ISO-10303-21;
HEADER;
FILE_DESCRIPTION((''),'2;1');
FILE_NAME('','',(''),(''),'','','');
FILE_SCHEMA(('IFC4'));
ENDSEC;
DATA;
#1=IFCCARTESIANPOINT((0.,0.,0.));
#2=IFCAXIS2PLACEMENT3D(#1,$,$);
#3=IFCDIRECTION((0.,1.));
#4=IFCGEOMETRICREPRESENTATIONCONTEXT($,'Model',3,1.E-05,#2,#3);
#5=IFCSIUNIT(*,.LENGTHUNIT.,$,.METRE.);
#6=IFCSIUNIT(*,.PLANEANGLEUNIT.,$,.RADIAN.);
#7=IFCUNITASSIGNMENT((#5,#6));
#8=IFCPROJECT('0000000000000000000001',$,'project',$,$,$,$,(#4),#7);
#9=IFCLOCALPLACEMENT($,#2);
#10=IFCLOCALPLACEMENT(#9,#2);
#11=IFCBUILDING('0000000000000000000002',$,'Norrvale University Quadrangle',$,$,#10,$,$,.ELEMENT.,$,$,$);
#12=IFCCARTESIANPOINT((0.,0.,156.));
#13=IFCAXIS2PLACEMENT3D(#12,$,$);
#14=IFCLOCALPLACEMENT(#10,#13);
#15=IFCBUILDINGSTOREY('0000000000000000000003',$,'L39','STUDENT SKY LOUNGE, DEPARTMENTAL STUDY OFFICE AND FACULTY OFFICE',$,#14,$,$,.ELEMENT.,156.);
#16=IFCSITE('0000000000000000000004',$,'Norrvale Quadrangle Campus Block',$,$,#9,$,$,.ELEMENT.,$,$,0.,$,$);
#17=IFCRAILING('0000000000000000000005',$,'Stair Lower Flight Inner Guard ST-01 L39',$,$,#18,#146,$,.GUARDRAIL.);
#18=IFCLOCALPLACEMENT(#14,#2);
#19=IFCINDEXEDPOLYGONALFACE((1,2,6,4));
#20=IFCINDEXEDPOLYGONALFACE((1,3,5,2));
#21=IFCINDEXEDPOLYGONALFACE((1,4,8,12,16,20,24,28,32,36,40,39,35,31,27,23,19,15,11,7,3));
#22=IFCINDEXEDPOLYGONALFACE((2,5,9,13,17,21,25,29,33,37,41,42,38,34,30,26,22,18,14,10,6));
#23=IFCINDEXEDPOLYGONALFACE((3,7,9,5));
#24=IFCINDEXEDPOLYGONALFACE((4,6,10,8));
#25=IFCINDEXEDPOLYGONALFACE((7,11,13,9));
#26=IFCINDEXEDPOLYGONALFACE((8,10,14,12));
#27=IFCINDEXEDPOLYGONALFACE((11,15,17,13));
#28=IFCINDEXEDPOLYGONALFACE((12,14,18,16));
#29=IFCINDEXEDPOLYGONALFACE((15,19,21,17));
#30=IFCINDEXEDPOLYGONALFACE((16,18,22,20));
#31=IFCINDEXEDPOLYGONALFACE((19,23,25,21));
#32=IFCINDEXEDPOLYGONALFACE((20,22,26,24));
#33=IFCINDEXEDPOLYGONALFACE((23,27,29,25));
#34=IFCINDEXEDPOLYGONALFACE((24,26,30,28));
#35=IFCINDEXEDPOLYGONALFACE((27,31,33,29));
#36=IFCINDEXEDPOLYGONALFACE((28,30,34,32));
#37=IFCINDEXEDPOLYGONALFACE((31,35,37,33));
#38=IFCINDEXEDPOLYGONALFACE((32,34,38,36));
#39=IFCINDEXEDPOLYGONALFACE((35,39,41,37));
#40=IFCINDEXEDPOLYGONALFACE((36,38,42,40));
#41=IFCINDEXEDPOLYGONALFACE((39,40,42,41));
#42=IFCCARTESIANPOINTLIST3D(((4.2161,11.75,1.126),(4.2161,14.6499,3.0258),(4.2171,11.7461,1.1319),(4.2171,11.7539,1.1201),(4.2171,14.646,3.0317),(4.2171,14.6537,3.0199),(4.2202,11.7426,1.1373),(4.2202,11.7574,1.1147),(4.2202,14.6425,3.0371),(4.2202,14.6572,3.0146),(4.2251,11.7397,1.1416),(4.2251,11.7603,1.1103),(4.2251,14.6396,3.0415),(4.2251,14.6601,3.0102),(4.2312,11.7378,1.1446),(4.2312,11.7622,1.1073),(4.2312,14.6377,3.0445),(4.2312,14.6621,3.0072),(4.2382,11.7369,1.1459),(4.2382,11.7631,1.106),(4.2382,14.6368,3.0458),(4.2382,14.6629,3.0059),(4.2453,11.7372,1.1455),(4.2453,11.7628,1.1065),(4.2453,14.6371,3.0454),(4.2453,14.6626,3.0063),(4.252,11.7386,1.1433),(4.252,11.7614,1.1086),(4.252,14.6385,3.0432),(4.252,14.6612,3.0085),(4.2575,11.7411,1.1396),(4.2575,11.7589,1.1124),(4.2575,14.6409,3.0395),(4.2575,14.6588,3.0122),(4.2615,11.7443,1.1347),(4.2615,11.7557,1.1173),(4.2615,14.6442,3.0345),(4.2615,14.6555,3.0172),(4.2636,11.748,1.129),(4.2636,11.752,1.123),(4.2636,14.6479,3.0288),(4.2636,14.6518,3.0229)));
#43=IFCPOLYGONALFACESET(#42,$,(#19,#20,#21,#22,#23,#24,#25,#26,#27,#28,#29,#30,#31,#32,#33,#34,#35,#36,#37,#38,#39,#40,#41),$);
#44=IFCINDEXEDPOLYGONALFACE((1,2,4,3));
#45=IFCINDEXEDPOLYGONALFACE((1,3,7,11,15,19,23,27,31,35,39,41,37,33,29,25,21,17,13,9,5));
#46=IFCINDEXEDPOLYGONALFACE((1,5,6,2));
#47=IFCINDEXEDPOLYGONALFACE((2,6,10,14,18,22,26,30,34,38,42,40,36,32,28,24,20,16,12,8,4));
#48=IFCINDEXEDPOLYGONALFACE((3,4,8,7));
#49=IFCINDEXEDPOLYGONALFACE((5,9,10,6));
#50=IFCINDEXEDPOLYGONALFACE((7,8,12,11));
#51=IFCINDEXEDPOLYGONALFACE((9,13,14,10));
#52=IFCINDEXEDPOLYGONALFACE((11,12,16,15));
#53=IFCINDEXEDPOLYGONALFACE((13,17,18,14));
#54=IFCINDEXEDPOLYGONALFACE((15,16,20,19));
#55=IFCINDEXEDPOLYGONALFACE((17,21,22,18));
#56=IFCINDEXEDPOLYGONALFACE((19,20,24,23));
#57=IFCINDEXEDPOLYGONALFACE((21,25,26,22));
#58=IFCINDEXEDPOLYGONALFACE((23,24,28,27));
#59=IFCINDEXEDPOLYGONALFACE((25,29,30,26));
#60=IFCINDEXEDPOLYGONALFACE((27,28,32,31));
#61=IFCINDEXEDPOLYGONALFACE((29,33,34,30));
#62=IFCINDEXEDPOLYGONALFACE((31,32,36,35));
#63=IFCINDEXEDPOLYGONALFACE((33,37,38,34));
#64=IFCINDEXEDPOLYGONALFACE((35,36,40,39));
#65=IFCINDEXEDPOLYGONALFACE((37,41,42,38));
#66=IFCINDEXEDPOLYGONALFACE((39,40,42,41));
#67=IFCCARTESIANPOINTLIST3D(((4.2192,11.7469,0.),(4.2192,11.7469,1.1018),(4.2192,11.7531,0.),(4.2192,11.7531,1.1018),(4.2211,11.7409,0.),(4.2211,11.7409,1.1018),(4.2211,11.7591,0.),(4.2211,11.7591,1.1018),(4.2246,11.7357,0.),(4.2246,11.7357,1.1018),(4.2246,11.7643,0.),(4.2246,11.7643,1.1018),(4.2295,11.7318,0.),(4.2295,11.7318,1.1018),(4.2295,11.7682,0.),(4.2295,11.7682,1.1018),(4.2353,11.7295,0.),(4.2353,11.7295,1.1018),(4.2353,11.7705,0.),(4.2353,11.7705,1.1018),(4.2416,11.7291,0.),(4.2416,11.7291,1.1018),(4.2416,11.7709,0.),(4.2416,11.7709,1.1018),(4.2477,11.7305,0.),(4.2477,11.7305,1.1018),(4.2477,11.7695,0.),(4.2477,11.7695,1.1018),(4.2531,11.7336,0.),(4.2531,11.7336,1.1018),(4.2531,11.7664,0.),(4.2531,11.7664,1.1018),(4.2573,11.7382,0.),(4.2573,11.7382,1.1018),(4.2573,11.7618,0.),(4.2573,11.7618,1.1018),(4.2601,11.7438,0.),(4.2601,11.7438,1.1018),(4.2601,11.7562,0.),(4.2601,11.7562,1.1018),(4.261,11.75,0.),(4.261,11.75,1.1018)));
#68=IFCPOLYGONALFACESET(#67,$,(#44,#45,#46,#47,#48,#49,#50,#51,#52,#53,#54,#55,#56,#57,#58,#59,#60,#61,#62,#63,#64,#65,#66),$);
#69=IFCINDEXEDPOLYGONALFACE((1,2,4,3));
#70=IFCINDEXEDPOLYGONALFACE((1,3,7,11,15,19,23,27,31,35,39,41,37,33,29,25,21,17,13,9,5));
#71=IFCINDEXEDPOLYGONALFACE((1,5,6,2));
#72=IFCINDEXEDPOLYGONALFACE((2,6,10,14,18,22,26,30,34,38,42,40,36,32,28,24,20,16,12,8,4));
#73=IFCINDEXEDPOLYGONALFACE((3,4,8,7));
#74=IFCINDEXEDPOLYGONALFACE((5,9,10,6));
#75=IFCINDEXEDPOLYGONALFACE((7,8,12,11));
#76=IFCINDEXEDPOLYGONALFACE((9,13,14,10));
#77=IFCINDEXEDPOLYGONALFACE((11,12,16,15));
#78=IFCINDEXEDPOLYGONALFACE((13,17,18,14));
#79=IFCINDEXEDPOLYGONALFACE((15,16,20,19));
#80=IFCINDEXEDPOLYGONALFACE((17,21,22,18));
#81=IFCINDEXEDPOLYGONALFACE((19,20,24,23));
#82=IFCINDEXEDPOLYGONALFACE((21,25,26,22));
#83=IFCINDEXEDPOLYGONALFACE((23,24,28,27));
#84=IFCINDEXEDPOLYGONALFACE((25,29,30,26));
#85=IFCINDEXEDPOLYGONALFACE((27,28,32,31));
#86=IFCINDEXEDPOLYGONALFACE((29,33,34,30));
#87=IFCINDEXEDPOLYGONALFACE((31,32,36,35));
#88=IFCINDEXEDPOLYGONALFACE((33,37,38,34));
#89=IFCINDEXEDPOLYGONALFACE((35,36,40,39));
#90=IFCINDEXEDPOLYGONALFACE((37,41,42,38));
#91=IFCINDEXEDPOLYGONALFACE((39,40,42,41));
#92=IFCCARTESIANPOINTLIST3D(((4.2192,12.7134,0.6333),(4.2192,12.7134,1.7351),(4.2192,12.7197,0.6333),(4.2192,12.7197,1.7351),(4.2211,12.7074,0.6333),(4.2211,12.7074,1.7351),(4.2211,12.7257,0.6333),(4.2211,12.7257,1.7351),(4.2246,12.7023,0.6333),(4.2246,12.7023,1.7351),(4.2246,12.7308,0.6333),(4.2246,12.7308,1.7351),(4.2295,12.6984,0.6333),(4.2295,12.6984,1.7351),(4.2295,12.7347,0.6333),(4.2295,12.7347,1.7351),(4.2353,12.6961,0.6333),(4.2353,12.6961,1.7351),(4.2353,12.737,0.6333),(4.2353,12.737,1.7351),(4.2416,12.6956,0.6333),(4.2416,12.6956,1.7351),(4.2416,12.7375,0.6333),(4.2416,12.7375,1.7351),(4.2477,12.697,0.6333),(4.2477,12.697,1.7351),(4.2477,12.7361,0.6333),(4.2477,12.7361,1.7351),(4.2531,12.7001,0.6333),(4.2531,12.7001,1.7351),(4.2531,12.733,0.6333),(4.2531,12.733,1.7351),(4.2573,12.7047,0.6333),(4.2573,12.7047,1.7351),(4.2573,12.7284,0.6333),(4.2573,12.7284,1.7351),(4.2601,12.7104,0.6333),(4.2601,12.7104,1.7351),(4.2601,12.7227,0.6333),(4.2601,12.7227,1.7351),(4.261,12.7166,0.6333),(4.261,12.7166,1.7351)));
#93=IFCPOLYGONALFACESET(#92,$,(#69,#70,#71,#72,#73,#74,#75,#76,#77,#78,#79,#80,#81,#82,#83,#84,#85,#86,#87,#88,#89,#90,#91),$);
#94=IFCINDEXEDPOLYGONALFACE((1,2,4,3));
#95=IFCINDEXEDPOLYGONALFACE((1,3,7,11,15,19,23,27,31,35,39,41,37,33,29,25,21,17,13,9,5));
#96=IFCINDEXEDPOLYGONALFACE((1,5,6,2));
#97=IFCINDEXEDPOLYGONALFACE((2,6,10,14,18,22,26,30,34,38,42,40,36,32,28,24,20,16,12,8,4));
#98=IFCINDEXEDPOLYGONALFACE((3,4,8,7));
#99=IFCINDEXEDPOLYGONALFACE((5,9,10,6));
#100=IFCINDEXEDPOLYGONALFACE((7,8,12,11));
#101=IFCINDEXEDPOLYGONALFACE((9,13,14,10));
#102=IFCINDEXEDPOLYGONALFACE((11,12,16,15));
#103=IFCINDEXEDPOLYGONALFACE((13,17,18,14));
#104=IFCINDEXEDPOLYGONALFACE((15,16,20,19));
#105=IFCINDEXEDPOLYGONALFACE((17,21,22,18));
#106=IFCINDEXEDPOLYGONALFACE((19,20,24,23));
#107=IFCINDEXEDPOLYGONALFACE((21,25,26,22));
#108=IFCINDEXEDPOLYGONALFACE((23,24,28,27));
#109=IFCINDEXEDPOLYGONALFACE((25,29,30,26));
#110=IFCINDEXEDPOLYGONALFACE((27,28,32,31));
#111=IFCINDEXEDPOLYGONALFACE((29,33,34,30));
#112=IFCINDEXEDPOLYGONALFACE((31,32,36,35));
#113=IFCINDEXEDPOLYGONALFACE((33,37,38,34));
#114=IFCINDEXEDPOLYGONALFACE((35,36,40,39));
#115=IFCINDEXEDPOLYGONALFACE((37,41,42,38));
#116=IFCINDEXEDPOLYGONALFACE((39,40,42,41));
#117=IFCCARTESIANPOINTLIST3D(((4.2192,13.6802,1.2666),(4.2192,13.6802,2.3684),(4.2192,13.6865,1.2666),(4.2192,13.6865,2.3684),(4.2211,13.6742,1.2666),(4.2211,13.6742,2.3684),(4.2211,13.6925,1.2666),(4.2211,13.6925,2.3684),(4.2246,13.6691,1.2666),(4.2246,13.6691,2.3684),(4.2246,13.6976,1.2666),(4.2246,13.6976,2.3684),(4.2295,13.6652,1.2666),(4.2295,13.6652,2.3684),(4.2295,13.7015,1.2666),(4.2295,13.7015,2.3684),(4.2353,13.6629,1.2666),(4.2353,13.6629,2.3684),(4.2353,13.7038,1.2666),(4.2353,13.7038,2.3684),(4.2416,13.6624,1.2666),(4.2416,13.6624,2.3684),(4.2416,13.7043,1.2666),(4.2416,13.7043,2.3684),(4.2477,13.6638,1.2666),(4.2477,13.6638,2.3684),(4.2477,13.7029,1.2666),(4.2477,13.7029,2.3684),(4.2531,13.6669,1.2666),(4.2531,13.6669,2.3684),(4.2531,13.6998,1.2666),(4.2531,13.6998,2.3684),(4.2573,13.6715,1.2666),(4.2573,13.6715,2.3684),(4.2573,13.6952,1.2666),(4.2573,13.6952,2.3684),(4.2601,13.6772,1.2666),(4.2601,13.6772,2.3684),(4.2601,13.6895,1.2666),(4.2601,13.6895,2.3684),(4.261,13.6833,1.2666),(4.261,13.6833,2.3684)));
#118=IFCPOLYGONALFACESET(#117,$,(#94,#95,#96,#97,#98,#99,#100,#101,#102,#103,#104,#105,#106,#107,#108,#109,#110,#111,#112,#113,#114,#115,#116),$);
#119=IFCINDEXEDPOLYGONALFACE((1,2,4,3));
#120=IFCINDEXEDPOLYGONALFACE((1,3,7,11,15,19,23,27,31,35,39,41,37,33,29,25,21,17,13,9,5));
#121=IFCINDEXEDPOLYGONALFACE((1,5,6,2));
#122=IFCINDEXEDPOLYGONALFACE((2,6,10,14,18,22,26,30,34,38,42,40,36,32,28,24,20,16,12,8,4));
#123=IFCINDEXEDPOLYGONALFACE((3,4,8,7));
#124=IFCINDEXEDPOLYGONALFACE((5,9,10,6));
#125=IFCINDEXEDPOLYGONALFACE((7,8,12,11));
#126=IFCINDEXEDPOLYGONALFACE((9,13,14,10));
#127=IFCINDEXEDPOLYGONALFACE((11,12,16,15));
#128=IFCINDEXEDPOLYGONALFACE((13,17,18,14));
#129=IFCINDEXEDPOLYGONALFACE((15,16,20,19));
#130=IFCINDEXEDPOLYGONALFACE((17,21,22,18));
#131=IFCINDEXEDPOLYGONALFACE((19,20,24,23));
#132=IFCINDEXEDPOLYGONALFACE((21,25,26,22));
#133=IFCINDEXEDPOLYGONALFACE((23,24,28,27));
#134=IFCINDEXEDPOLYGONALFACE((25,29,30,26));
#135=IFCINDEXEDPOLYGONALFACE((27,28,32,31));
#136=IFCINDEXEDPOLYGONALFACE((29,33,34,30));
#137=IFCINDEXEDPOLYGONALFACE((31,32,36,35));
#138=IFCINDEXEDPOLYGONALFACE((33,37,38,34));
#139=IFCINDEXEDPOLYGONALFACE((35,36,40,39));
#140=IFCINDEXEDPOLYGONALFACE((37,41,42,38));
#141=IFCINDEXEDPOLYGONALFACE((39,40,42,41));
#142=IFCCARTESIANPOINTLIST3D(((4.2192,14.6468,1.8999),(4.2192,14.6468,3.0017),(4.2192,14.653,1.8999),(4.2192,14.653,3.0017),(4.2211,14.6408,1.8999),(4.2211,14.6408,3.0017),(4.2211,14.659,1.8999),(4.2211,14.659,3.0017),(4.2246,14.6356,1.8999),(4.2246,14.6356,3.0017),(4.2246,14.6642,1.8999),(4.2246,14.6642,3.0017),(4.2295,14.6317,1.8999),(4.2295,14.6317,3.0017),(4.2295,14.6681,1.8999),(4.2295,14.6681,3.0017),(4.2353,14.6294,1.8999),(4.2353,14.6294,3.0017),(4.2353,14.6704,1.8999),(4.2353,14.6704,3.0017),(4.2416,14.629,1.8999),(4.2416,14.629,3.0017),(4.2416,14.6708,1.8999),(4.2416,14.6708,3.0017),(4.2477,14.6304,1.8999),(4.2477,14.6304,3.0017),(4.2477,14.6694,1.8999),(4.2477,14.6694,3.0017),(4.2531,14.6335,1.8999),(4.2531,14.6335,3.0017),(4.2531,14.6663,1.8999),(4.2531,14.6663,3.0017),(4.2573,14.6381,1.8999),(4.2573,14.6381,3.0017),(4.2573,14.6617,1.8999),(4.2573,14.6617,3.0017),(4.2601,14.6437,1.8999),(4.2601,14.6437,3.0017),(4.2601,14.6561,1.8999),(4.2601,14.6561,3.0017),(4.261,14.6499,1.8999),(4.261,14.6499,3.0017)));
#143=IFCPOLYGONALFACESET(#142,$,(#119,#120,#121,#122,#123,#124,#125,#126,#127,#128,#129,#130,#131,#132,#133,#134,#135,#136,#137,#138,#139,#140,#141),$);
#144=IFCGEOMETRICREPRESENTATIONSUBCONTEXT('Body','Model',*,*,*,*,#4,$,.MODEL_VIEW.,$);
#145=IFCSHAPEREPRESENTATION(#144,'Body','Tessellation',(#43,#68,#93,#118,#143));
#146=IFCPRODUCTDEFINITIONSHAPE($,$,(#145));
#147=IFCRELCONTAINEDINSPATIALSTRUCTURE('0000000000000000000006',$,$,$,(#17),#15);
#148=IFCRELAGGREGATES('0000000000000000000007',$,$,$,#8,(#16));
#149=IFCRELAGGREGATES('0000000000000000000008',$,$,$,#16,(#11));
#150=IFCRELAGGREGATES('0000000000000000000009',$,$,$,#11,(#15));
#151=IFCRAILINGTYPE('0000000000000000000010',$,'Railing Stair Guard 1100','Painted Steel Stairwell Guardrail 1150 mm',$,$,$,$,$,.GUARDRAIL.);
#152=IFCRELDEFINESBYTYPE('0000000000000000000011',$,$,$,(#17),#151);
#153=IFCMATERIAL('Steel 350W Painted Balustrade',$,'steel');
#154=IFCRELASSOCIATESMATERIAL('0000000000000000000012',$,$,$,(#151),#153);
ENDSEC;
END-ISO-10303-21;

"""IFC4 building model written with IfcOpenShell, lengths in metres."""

from ifc_helpers import new_model, si_unit, direction, frame, origin, origin_2d, place, context, subcontext, project, spatial, circle, extrude, material, type_object, element, save


model = new_model("IFC4")

# Units and contexts
model_context = context("Model", 3, precision=1e-05, world=origin(), true_north=direction((0.0, 1.0)))
body_context = subcontext(model_context, "Body", "Model", "MODEL_VIEW")
ifc_project = project(units=[si_unit("LENGTHUNIT", "METRE"), si_unit("PLANEANGLEUNIT", "RADIAN")], contexts=[model_context])

# Site, building, storey
site_placement = place(None, origin())
site = spatial("IfcSite", under=ifc_project, at=site_placement, Name="Norrvale Quadrangle Campus Block", CompositionType="ELEMENT", RefElevation=0.0)
building_placement = place(site_placement, origin())
building = spatial("IfcBuilding", under=site, at=building_placement, Name="Norrvale University Quadrangle", CompositionType="ELEMENT")
storey_placement = place(building_placement, frame((0.0, 0.0, 156.0)))
storey = spatial("IfcBuildingStorey", under=building, at=storey_placement, Name="L39", Description="STUDENT SKY LOUNGE, DEPARTMENTAL STUDY OFFICE AND FACULTY OFFICE", CompositionType="ELEMENT", Elevation=156.0)

# Railing
ifc_material_1 = material(Name="Steel 350W Painted Balustrade", Category="steel")
railing_type_1 = type_object("IfcRailingType", Name="Railing Stair Guard 1100", Description="Painted Steel Stairwell Guardrail 1150 mm", PredefinedType="GUARDRAIL", material=ifc_material_1)
railing_1_placement = place(storey_placement, frame((4.24, 11.75, 0.0)))
element("IfcRailing", 1, at=railing_1_placement, inside=storey, type_object=railing_type_1, Name="Stair Lower Flight Inner Guard ST-01 L39", PredefinedType="GUARDRAIL", context=body_context, shape_type="SweptSolid", body=[
    extrude(circle(Radius=0.0239, at=origin_2d()), frame((0.0, 0.0, 1.126), z_axis=(0.0, 0.836466, 0.548019), x_axis=(-1.0, 0.0, 0.0)), (0.0, 0.0, 1.0), 3.4668),
    extrude(circle(Radius=0.021, at=origin_2d()), origin(), (0.0, 0.0, 1.0), 1.1018),
    extrude(circle(Radius=0.021, at=origin_2d()), frame((0.0, 0.9666, 0.6333)), (0.0, 0.0, 1.0), 1.1018),
    extrude(circle(Radius=0.021, at=origin_2d()), frame((0.0, 1.9333, 1.2666)), (0.0, 0.0, 1.0), 1.1018),
    extrude(circle(Radius=0.021, at=origin_2d()), frame((0.0, 2.8999, 1.8999)), (0.0, 0.0, 1.0), 1.1018),
])

save(model, "model.ifc")
